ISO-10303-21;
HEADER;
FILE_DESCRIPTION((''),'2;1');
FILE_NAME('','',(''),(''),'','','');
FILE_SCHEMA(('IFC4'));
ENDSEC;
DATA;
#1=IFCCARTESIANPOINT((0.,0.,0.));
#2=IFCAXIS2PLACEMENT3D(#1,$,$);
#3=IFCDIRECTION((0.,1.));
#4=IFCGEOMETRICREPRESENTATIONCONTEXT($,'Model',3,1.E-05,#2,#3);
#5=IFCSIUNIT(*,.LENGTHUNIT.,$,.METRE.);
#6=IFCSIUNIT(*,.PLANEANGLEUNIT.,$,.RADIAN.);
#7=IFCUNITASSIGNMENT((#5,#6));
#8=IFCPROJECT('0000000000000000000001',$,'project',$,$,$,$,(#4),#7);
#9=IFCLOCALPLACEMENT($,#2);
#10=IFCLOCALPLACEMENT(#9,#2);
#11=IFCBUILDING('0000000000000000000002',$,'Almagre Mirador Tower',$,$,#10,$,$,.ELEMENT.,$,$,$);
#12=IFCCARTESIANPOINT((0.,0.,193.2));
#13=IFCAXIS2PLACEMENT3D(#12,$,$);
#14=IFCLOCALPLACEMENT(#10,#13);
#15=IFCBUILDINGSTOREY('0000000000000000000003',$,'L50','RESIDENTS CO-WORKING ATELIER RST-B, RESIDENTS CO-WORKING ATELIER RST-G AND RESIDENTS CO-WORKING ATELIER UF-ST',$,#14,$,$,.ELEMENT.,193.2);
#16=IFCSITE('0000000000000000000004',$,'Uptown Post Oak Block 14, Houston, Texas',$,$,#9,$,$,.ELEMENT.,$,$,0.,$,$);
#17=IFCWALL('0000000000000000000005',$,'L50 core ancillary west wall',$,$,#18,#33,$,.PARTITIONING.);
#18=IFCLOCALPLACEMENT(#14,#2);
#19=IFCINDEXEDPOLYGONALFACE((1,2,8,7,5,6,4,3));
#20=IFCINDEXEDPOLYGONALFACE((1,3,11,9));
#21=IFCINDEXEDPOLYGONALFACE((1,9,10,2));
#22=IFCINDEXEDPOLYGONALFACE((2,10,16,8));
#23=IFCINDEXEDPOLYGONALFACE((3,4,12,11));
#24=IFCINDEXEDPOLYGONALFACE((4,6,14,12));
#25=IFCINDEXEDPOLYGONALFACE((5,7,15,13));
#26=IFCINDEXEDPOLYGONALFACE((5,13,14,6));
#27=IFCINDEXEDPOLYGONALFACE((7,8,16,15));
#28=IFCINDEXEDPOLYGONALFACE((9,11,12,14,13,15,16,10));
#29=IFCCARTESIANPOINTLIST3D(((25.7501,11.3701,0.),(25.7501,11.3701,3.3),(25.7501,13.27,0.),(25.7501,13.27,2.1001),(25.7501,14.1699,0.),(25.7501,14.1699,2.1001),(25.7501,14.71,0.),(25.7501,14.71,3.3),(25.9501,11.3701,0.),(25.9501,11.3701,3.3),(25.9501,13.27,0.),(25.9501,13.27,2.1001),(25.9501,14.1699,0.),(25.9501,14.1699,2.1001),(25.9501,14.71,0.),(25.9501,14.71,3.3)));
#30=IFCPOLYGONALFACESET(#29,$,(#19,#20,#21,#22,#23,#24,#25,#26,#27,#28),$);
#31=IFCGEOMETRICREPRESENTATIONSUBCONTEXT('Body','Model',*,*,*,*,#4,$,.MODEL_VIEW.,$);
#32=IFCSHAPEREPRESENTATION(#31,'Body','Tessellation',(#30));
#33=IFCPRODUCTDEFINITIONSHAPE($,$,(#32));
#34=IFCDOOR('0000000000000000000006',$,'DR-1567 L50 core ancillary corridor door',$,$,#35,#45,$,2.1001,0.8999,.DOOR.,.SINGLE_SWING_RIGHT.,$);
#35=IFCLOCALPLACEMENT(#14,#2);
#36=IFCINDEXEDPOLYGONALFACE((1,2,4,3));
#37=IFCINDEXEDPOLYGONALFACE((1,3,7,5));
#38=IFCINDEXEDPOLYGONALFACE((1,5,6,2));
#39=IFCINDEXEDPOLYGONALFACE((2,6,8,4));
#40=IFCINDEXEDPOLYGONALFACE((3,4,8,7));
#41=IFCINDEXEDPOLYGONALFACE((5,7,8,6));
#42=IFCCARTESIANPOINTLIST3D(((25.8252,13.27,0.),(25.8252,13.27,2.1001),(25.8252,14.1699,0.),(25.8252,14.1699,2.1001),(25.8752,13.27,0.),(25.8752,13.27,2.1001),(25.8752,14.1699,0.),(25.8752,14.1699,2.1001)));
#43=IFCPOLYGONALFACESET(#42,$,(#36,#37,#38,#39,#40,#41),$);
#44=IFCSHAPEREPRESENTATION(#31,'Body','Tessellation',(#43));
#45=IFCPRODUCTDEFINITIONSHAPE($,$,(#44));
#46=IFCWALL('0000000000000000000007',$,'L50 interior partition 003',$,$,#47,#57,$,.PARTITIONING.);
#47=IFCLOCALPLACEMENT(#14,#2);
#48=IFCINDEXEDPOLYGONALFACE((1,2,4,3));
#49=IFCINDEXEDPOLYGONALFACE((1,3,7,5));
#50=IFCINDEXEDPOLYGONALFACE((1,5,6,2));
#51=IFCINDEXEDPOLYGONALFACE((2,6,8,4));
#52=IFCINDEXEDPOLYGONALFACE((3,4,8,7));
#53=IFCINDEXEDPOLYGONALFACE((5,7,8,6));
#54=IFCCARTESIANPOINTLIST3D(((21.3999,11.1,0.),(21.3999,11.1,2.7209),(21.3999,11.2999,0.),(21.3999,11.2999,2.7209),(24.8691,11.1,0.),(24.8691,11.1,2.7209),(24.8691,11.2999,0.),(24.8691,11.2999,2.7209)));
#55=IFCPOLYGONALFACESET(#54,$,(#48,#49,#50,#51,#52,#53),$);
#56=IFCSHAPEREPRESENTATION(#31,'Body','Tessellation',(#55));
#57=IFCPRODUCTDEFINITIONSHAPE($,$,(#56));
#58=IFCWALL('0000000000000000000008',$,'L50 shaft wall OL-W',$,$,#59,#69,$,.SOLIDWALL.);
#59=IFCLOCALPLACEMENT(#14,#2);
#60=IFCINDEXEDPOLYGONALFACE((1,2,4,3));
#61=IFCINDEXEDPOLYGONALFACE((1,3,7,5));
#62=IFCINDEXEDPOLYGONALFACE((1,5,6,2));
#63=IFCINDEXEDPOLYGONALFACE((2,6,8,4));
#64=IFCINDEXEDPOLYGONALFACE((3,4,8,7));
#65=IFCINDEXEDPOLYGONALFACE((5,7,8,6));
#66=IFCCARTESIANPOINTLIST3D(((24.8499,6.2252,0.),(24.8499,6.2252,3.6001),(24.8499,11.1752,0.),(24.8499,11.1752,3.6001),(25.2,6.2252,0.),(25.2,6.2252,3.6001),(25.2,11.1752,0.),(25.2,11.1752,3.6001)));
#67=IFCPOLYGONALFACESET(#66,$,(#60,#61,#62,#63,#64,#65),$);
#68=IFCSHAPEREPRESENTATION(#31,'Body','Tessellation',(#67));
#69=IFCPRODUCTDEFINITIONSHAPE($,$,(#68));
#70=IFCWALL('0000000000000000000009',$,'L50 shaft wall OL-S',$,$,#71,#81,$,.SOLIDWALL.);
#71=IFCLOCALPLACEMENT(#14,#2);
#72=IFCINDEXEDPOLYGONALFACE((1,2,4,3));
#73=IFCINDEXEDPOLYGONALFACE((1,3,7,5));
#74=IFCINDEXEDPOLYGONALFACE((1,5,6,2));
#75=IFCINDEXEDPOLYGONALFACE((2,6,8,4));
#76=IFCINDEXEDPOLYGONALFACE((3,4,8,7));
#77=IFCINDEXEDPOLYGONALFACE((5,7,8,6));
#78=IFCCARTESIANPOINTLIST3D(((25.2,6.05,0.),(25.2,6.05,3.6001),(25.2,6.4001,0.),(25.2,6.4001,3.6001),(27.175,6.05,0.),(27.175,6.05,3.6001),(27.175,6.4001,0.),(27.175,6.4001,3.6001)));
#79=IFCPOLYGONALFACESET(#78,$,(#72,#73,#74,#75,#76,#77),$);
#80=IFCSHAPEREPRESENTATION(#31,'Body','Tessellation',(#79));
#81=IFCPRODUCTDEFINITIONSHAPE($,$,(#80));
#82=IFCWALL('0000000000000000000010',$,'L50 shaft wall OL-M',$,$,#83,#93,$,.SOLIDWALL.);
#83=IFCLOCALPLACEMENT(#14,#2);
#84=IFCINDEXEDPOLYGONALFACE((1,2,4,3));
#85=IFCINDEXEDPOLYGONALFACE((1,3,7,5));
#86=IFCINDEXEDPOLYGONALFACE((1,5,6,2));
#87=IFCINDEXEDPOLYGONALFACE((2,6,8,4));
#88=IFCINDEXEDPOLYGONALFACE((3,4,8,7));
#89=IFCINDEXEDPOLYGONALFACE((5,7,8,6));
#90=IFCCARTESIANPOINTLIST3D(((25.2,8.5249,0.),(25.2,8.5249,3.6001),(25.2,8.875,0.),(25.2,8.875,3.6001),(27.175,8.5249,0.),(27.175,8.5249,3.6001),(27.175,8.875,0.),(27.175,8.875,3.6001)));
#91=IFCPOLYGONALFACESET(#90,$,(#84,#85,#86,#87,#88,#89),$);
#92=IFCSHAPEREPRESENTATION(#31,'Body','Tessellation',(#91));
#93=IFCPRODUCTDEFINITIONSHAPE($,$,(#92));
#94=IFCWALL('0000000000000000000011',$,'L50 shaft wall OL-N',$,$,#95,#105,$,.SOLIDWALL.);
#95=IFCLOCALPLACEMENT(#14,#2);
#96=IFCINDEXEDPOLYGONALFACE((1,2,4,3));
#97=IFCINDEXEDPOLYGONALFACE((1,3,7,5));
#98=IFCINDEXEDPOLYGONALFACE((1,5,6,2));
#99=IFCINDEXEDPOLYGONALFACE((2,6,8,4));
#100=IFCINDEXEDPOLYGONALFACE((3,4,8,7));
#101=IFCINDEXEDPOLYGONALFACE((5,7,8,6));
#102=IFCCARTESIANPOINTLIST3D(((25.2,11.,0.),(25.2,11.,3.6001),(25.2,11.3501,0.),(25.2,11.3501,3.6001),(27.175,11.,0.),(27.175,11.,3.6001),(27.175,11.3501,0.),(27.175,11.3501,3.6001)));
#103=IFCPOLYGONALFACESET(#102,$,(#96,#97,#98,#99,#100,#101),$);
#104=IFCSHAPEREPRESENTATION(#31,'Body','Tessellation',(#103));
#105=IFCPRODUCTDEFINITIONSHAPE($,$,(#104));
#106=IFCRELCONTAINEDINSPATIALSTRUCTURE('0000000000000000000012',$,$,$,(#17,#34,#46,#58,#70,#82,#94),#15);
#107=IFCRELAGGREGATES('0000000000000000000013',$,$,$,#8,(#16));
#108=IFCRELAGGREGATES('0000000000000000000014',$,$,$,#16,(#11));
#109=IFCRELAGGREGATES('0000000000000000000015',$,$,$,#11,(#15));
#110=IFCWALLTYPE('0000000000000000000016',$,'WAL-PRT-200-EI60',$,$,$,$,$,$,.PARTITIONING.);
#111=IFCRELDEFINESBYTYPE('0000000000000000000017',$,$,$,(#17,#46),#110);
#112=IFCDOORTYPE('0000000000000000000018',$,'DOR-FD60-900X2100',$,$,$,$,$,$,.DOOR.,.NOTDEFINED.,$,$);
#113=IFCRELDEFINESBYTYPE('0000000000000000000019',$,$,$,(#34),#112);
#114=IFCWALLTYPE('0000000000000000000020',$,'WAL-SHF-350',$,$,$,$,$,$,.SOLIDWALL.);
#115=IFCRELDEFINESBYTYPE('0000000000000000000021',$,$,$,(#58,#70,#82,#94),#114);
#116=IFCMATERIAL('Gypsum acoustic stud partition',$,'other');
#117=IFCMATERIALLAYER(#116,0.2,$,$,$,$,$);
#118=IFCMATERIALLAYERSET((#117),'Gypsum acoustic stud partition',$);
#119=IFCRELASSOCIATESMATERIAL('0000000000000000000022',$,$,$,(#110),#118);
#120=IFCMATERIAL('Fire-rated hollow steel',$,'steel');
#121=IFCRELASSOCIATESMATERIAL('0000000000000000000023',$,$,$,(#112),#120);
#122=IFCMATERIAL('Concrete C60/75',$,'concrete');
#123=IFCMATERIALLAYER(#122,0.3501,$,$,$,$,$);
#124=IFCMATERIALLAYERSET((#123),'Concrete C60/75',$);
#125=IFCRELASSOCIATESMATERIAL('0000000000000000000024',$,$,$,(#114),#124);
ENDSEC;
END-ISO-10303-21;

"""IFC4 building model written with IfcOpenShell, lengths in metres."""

from ifc_helpers import new_model, si_unit, direction, frame, frame_2d, origin, place, context, subcontext, project, spatial, rectangle, extrude, material, layer, layer_set, type_object, element, fill, save


model = new_model("IFC4")

# Units and contexts
model_context = context("Model", 3, precision=1e-05, world=origin(), true_north=direction((0.0, 1.0)))
body_context = subcontext(model_context, "Body", "Model", "MODEL_VIEW")
ifc_project = project(units=[si_unit("LENGTHUNIT", "METRE"), si_unit("PLANEANGLEUNIT", "RADIAN")], contexts=[model_context])

# Site, building, storey
site_placement = place(None, origin())
site = spatial("IfcSite", under=ifc_project, at=site_placement, Name="Uptown Post Oak Block 14, Houston, Texas", CompositionType="ELEMENT", RefElevation=0.0)
building_placement = place(site_placement, origin())
building = spatial("IfcBuilding", under=site, at=building_placement, Name="Almagre Mirador Tower", CompositionType="ELEMENT")
storey_placement = place(building_placement, frame((0.0, 0.0, 193.2)))
storey = spatial("IfcBuildingStorey", under=building, at=storey_placement, Name="L50", Description="RESIDENTS CO-WORKING ATELIER RST-B, RESIDENTS CO-WORKING ATELIER RST-G AND RESIDENTS CO-WORKING ATELIER UF-ST", CompositionType="ELEMENT", Elevation=193.2)

# Wall, opening, door
ifc_material_1 = material(Name="Gypsum acoustic stud partition", Category="other")
ifc_layer_1 = layer(ifc_material_1, 0.2)
ifc_layer_set_1 = layer_set([ifc_layer_1], Name="Gypsum acoustic stud partition")
wall_type_1 = type_object("IfcWallType", Name="WAL-PRT-200-EI60", PredefinedType="PARTITIONING", material=ifc_layer_set_1)
wall_1_placement = place(storey_placement, frame((25.8501, 11.3701, 0.0), z_axis=(0.0, 0.0, 1.0), x_axis=(0.0, 1.0, 0.0)))
wall_1 = element("IfcWall", 1, at=wall_1_placement, inside=storey, type_object=wall_type_1, Name="L50 core ancillary west wall", PredefinedType="PARTITIONING", context=body_context, shape_type="SweptSolid", body=[
    extrude(rectangle(XDim=3.3398, YDim=0.2, at=frame_2d((1.6699, 0.0))), origin(), (0.0, 0.0, 1.0), 3.3),
])
opening_1_placement = place(wall_1_placement, frame((1.8999, 0.0, 0.0)))
opening_1 = element("IfcOpeningElement", 2, at=opening_1_placement, cuts=wall_1, PredefinedType="OPENING", context=body_context, shape_type="SweptSolid", body=[
    extrude(rectangle(XDim=0.8999, YDim=2.1001, at=frame_2d((0.45, 1.05))), frame((0.0, 0.1101, 0.0), z_axis=(0.0, -1.0, 0.0), x_axis=(1.0, 0.0, 0.0)), (0.0, 0.0, 1.0), 0.22),
])
ifc_material_2 = material(Name="Fire-rated hollow steel", Category="steel")
door_type_1 = type_object("IfcDoorType", Name="DOR-FD60-900X2100", OperationType="NOTDEFINED", PredefinedType="DOOR", material=ifc_material_2)
door_1_placement = place(opening_1_placement, origin())
door_1 = element("IfcDoor", 3, at=door_1_placement, inside=storey, type_object=door_type_1, Name="DR-1567 L50 core ancillary corridor door", OperationType="SINGLE_SWING_RIGHT", OverallHeight=2.1001, OverallWidth=0.8999, PredefinedType="DOOR", context=body_context, shape_type="SweptSolid", body=[
    extrude(rectangle(XDim=0.8999, YDim=2.1001, at=frame_2d((0.45, 1.05))), frame((0.0, 0.0249, 0.0), z_axis=(0.0, -1.0, 0.0), x_axis=(1.0, 0.0, 0.0)), (0.0, 0.0, 1.0), 0.05),
])
fill(opening_1, door_1)

# Walls
wall_2_placement = place(storey_placement, frame((21.3999, 11.2, 0.0), z_axis=(0.0, 0.0, 1.0), x_axis=(1.0, 0.0, 0.0)))
element("IfcWall", 4, at=wall_2_placement, inside=storey, type_object=wall_type_1, Name="L50 interior partition 003", PredefinedType="PARTITIONING", context=body_context, shape_type="SweptSolid", body=[
    extrude(rectangle(XDim=3.4692, YDim=0.2, at=frame_2d((1.7346, 0.0))), origin(), (0.0, 0.0, 1.0), 2.7209),
])
ifc_material_3 = material(Name="Concrete C60/75", Category="concrete")
ifc_layer_2 = layer(ifc_material_3, 0.3501)
ifc_layer_set_2 = layer_set([ifc_layer_2], Name="Concrete C60/75")
wall_type_2 = type_object("IfcWallType", Name="WAL-SHF-350", PredefinedType="SOLIDWALL", material=ifc_layer_set_2)
wall_3_placement = place(storey_placement, frame((25.0249, 6.2251, 0.0), z_axis=(0.0, 0.0, 1.0), x_axis=(0.0, 1.0, 0.0)))
element("IfcWall", 5, at=wall_3_placement, inside=storey, type_object=wall_type_2, Name="L50 shaft wall OL-W", PredefinedType="SOLIDWALL", context=body_context, shape_type="SweptSolid", body=[
    extrude(rectangle(XDim=4.95, YDim=0.3501, at=frame_2d((2.4751, 0.0))), origin(), (0.0, 0.0, 1.0), 3.6001),
])
for number, where, z_axis, x_axis, name in (
    (6, (25.2, 6.2251, 0.0), (0.0, 0.0, 1.0), (1.0, 0.0, 0.0), "L50 shaft wall OL-S"),
    (7, (25.2, 8.7, 0.0), (0.0, 0.0, 1.0), (1.0, 0.0, 0.0), "L50 shaft wall OL-M"),
    (8, (25.2, 11.175, 0.0), (0.0, 0.0, 1.0), (1.0, 0.0, 0.0), "L50 shaft wall OL-N"),
):
    element("IfcWall", number, at=place(storey_placement, frame(where, z_axis=z_axis, x_axis=x_axis)), inside=storey, type_object=wall_type_2, Name=name, PredefinedType="SOLIDWALL", context=body_context, shape_type="SweptSolid", body=[
        extrude(rectangle(XDim=1.9751, YDim=0.3501, at=frame_2d((0.9875, 0.0))), origin(), (0.0, 0.0, 1.0), 3.6001),
    ])

save(model, "model.ifc")
